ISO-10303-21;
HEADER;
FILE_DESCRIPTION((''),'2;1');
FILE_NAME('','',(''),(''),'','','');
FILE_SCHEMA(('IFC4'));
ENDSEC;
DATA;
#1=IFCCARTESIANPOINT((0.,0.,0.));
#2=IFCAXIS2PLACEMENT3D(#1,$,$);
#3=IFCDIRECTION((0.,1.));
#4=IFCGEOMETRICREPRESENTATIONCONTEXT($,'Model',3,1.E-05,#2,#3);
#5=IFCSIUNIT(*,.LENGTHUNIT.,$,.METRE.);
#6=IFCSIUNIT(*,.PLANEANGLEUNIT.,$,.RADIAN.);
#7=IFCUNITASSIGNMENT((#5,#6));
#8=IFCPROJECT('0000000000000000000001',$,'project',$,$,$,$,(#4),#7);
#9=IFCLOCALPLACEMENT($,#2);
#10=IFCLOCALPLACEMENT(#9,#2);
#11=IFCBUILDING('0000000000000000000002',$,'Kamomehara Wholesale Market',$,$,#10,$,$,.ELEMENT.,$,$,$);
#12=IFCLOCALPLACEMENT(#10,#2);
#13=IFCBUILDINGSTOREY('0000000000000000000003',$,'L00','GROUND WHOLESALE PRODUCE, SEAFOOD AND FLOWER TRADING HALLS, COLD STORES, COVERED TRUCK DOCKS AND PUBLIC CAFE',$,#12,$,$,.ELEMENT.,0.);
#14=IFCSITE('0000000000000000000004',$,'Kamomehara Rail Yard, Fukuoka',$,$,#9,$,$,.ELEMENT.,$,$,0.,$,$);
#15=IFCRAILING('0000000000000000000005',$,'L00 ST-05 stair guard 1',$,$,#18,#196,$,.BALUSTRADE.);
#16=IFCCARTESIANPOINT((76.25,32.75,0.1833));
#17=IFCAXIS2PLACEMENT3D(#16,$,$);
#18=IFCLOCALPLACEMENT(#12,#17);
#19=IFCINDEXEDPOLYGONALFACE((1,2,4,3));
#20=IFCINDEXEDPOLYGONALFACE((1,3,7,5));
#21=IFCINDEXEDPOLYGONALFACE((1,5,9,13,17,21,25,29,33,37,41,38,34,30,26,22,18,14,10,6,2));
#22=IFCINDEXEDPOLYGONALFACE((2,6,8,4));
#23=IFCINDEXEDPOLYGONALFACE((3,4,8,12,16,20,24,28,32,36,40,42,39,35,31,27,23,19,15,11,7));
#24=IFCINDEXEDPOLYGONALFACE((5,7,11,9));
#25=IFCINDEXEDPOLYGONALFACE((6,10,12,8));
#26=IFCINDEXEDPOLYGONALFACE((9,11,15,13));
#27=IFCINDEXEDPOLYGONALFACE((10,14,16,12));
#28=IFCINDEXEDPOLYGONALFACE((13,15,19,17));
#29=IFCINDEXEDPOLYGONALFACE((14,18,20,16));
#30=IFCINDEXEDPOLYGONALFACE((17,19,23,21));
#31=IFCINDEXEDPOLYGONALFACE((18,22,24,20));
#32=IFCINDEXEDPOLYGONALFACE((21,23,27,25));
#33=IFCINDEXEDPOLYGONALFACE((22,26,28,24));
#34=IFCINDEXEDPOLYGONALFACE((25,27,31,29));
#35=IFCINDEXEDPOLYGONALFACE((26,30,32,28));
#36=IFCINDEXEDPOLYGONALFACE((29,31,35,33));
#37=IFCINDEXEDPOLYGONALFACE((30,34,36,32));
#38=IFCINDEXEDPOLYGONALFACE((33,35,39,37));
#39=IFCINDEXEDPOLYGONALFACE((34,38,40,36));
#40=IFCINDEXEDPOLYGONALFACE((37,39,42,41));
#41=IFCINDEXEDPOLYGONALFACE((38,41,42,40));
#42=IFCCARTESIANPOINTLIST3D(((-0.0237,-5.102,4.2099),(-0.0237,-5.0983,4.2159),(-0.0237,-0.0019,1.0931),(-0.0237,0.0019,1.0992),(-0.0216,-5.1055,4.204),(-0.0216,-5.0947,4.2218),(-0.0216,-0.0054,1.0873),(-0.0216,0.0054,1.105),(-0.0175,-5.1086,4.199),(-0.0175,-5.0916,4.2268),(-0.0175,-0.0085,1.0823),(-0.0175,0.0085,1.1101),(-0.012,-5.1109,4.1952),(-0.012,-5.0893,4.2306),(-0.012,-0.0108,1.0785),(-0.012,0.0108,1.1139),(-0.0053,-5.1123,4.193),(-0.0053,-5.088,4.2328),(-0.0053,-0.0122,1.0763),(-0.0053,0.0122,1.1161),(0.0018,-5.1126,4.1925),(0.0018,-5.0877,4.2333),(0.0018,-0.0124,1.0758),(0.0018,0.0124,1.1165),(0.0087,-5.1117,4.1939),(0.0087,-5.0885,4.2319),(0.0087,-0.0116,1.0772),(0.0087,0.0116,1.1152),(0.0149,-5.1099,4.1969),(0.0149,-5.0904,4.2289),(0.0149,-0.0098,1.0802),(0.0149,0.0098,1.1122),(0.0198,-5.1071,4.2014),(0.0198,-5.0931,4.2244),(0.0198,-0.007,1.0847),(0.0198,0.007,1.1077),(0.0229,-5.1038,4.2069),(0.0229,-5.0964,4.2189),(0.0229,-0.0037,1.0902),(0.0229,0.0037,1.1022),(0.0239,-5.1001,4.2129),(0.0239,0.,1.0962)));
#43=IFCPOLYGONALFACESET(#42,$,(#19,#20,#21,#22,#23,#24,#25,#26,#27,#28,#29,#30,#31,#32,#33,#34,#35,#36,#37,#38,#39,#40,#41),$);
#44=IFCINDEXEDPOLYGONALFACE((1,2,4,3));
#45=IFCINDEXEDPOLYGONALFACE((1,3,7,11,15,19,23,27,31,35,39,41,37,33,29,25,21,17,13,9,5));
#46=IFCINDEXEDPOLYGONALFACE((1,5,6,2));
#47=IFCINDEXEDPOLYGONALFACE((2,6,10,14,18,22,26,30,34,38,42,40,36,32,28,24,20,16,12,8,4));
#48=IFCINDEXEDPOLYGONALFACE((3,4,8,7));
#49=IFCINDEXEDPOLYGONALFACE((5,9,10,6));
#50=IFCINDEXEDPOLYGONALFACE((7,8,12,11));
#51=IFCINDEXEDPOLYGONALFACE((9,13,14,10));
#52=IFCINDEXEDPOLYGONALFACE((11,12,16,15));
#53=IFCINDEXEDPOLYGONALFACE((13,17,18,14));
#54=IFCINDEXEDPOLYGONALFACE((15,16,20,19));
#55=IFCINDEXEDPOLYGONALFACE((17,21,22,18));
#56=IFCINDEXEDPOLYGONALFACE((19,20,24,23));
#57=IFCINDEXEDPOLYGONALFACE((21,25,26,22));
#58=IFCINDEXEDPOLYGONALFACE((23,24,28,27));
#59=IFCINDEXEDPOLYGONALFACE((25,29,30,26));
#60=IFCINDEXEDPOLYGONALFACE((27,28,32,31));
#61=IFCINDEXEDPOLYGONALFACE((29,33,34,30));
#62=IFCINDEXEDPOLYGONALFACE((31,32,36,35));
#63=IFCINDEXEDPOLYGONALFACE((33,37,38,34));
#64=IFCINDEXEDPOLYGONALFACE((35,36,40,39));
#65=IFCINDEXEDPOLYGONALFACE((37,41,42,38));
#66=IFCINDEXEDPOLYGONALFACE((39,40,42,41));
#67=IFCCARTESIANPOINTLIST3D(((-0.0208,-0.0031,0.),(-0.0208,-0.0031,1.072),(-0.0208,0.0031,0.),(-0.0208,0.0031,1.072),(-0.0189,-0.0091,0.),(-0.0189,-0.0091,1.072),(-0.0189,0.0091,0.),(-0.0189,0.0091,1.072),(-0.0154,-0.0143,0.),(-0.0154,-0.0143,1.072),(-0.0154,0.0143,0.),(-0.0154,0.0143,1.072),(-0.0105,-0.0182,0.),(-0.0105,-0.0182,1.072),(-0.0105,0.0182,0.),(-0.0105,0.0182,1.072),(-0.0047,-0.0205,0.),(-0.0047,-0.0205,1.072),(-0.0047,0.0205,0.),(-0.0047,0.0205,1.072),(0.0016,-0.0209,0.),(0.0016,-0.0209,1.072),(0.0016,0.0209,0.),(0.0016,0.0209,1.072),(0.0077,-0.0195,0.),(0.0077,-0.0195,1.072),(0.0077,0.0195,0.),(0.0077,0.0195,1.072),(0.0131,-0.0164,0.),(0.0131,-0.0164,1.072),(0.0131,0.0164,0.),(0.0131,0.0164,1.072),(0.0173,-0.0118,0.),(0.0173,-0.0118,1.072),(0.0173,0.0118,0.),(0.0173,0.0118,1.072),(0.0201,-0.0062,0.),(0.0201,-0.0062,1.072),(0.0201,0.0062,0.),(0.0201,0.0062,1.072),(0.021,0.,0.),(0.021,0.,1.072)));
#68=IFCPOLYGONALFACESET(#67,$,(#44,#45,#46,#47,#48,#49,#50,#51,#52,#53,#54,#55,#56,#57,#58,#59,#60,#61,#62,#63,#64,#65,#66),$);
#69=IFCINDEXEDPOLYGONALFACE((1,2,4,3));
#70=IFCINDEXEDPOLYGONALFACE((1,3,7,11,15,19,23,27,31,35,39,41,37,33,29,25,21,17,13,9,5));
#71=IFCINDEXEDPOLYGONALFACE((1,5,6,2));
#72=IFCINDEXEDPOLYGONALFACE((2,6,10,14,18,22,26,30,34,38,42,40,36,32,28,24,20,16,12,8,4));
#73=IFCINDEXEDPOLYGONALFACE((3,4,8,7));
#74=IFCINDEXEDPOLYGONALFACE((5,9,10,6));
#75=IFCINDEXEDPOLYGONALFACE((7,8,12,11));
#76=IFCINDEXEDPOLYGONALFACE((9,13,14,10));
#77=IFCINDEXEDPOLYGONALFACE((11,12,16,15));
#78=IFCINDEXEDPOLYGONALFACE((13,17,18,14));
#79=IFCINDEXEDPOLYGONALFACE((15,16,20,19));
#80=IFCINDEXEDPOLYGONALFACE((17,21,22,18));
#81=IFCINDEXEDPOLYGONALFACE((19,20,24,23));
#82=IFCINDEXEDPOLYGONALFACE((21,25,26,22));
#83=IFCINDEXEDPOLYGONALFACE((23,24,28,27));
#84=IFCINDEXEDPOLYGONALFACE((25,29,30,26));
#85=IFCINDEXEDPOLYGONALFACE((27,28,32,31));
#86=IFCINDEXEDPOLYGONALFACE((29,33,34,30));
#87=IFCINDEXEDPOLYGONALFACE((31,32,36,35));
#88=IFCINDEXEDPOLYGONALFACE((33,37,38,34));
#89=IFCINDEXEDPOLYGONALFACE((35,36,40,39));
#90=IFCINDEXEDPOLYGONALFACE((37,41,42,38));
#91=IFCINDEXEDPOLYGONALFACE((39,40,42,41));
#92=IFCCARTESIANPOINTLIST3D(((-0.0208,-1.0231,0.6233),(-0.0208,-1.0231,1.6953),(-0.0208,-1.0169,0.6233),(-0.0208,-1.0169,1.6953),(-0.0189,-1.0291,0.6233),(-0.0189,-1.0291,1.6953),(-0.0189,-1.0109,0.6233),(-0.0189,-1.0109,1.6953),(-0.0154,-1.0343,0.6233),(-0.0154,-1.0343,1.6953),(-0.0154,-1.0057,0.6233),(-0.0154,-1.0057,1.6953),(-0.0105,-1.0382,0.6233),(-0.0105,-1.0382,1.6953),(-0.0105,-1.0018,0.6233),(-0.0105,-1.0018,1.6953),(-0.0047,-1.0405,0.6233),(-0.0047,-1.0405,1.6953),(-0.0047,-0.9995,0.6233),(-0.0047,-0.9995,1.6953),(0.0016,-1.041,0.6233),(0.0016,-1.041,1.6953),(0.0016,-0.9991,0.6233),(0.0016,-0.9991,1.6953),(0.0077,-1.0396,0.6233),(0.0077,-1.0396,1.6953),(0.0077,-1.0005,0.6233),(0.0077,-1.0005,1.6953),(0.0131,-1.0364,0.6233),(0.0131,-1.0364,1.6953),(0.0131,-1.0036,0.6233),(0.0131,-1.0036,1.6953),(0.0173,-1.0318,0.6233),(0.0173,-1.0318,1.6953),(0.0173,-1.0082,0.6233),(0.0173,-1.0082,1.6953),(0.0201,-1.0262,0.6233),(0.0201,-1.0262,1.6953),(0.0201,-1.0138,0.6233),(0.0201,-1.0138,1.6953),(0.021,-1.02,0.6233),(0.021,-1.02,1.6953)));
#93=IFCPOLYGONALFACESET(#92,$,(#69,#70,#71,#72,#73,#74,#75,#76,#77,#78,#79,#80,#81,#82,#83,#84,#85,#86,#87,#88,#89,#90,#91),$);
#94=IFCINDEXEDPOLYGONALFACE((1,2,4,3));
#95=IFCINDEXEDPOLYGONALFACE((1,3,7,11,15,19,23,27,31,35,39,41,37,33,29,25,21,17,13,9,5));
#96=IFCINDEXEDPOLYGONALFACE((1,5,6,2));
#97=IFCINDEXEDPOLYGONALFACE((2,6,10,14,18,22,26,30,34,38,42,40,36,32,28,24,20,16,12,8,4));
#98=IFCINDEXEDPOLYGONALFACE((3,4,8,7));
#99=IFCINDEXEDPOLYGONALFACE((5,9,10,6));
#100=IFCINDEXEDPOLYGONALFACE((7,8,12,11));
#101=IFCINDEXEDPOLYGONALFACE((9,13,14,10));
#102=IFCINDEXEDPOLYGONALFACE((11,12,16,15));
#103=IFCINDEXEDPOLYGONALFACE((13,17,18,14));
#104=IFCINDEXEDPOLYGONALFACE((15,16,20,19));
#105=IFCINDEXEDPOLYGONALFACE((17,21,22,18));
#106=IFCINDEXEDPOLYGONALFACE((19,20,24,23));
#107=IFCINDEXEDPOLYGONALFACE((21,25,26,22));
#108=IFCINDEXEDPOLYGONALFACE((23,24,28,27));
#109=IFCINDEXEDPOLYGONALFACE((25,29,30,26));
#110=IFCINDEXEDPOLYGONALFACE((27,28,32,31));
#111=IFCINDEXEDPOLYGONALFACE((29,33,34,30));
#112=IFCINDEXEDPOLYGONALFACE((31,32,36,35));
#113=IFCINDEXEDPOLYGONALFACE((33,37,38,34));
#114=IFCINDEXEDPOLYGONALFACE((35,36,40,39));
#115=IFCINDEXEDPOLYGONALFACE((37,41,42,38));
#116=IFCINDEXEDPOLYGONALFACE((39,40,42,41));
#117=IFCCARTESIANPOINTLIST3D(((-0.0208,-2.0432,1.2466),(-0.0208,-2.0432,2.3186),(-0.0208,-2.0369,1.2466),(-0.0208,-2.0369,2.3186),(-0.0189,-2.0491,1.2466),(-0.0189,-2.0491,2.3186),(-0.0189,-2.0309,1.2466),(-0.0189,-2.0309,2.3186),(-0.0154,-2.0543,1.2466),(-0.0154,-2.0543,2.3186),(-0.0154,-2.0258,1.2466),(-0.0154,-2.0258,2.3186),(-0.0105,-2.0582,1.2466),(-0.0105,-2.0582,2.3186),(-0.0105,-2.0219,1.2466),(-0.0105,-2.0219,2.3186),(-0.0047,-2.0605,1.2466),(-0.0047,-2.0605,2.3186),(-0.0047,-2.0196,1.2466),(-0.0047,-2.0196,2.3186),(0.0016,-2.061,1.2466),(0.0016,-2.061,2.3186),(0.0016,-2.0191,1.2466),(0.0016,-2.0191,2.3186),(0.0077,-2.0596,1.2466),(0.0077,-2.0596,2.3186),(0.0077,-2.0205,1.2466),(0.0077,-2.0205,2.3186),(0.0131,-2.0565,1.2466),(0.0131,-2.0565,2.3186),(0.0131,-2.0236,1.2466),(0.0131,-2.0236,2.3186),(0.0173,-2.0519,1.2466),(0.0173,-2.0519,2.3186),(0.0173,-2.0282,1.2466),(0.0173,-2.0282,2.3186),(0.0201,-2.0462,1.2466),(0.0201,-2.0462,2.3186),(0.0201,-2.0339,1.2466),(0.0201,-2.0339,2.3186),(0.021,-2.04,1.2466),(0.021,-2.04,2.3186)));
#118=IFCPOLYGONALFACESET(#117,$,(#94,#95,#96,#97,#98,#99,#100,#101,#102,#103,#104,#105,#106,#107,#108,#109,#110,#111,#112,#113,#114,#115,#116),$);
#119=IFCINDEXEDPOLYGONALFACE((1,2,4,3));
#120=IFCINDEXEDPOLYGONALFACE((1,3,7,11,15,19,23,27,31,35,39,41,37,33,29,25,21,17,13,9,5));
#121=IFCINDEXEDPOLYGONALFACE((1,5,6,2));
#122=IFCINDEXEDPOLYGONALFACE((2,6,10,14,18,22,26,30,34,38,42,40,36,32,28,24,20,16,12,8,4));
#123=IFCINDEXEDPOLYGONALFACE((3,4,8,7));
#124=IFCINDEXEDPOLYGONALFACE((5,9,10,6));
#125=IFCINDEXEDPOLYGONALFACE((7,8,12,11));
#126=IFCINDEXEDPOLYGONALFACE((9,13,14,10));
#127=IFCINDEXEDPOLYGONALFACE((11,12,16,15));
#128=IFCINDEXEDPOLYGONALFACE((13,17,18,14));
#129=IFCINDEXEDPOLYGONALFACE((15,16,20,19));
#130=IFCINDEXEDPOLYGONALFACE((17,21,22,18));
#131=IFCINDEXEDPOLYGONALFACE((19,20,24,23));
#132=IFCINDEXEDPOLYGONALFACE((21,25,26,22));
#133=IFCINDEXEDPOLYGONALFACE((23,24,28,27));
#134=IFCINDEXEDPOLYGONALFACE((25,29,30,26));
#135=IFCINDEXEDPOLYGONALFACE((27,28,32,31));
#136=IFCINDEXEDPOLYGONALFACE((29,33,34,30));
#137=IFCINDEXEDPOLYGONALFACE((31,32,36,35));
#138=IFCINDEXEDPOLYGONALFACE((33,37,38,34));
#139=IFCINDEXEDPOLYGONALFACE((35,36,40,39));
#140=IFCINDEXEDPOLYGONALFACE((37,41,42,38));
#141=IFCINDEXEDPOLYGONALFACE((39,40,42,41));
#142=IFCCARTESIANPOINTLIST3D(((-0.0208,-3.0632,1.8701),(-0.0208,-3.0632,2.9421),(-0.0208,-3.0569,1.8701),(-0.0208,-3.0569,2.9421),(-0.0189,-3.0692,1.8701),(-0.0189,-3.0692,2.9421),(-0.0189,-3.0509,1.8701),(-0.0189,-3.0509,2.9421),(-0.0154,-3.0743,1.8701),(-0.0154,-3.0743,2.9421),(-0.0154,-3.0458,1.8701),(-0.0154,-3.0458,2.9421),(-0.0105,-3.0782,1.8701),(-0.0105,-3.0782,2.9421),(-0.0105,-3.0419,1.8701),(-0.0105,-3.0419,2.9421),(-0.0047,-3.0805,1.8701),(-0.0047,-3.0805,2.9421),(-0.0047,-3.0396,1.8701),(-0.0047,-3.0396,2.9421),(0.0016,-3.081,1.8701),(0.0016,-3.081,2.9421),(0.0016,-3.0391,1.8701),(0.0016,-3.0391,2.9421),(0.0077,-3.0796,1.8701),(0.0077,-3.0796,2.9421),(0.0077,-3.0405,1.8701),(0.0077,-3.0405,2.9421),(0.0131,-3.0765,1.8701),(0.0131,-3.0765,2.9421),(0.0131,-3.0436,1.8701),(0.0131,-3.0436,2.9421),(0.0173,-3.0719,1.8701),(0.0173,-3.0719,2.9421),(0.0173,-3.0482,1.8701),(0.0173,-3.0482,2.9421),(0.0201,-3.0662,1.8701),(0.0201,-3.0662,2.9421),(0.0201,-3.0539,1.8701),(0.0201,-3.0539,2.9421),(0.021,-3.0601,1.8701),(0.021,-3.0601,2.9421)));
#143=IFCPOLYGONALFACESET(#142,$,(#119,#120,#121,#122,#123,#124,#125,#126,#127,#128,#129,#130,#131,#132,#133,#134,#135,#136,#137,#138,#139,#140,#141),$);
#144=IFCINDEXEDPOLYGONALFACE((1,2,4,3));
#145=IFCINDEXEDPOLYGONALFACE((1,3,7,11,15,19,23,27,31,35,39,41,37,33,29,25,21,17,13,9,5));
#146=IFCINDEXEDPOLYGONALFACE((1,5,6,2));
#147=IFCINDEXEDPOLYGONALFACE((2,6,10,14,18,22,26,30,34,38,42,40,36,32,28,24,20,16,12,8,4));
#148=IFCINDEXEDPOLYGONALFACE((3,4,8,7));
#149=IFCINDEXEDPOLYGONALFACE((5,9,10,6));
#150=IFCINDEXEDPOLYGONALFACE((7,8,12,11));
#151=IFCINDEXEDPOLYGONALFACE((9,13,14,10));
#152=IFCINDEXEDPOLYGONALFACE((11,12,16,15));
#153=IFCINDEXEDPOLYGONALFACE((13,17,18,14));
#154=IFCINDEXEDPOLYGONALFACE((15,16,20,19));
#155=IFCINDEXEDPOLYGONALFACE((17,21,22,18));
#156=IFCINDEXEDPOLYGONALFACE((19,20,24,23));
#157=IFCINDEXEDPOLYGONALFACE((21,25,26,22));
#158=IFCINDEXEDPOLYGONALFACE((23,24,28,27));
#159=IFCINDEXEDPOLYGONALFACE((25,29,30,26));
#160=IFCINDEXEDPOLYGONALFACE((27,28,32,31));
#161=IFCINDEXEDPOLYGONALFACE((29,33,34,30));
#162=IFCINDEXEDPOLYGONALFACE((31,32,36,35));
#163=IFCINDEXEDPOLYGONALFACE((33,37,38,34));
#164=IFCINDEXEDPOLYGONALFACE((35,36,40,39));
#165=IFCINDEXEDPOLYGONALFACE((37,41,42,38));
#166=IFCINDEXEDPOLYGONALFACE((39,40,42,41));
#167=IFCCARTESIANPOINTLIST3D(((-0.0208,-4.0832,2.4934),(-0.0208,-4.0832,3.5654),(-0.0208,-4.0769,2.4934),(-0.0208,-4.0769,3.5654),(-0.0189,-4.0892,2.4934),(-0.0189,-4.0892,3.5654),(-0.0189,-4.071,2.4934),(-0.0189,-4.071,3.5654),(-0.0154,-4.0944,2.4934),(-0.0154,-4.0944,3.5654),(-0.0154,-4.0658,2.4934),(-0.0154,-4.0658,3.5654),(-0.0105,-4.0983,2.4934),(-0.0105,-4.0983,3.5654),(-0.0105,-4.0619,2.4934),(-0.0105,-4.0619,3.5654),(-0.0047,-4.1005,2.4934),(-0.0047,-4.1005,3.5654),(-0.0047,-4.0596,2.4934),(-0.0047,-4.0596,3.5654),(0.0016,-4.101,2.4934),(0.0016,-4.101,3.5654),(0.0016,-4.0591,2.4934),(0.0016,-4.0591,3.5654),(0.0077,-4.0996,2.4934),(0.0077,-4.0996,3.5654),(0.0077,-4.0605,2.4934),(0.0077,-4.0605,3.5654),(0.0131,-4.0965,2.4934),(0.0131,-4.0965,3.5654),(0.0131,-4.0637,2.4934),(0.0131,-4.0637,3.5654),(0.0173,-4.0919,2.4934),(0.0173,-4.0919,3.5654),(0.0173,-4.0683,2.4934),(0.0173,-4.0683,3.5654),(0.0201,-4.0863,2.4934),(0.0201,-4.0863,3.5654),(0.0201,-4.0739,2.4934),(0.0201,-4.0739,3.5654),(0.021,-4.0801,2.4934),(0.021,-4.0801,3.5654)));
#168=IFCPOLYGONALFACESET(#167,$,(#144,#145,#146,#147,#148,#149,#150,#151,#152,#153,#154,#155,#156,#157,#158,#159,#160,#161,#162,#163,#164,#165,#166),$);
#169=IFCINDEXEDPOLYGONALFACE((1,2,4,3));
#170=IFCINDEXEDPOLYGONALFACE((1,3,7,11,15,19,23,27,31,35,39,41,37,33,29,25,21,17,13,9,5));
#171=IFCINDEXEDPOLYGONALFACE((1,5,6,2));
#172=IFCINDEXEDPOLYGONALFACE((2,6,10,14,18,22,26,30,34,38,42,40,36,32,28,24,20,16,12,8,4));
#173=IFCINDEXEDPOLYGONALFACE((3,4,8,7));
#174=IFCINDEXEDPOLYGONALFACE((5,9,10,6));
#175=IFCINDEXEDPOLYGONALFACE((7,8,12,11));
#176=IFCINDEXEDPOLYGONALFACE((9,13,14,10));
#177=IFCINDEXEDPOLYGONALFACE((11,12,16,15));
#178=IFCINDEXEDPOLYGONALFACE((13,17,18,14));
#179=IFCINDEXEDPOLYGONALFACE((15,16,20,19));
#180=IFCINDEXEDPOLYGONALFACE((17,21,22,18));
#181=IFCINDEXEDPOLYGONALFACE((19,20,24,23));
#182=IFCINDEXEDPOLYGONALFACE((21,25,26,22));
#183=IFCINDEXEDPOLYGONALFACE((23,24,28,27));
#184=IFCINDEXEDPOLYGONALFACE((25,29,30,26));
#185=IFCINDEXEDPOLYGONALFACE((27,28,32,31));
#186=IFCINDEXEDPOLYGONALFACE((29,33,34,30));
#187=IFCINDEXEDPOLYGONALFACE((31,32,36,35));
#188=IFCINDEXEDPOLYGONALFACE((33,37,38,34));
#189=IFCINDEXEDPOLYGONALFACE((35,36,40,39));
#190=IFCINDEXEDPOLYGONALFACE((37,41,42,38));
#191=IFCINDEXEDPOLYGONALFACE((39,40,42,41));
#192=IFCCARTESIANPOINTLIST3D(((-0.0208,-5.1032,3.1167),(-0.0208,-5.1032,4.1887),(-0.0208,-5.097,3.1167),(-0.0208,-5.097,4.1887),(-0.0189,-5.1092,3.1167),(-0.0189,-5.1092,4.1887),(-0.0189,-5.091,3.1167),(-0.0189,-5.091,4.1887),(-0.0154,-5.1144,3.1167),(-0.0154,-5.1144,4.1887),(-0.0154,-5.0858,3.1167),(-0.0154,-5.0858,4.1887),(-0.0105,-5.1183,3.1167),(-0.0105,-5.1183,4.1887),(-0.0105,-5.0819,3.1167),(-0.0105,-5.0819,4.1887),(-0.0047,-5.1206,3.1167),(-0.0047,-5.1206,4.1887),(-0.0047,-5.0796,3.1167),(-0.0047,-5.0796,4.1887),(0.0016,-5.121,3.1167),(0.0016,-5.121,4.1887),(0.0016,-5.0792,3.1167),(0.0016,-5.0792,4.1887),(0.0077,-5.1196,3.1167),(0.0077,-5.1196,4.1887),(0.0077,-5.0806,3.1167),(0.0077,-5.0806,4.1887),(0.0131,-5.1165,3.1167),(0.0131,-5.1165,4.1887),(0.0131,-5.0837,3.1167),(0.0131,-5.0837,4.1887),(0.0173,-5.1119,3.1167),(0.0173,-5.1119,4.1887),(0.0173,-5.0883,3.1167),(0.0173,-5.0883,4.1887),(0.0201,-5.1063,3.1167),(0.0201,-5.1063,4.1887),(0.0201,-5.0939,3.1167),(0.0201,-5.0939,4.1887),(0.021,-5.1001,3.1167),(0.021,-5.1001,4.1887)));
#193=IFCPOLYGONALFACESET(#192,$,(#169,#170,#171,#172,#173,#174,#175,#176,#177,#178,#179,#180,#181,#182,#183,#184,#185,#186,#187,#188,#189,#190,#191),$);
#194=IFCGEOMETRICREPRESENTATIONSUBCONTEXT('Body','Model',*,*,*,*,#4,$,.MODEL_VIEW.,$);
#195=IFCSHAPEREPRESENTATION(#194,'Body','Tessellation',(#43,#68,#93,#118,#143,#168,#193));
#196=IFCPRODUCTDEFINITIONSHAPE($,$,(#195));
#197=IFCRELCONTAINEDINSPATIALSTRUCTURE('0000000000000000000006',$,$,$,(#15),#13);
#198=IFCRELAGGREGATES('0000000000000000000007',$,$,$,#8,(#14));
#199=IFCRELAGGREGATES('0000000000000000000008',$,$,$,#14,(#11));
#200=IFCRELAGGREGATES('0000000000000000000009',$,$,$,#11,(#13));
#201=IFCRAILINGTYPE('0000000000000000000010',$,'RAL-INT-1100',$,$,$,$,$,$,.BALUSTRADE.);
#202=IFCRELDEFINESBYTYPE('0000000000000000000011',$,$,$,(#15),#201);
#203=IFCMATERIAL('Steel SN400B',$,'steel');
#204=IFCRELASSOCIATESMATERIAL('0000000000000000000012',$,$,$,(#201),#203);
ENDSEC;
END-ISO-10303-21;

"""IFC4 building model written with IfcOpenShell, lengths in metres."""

from ifc_helpers import new_model, si_unit, direction, frame, origin, origin_2d, place, context, subcontext, project, spatial, circle, extrude, material, type_object, element, save


model = new_model("IFC4")

# Units and contexts
model_context = context("Model", 3, precision=1e-05, world=origin(), true_north=direction((0.0, 1.0)))
body_context = subcontext(model_context, "Body", "Model", "MODEL_VIEW")
ifc_project = project(units=[si_unit("LENGTHUNIT", "METRE"), si_unit("PLANEANGLEUNIT", "RADIAN")], contexts=[model_context])

# Site, building, storey
site_placement = place(None, origin())
site = spatial("IfcSite", under=ifc_project, at=site_placement, Name="Kamomehara Rail Yard, Fukuoka", CompositionType="ELEMENT", RefElevation=0.0)
building_placement = place(site_placement, origin())
building = spatial("IfcBuilding", under=site, at=building_placement, Name="Kamomehara Wholesale Market", CompositionType="ELEMENT")
storey_placement = place(building_placement, origin())
storey = spatial("IfcBuildingStorey", under=building, at=storey_placement, Name="L00", Description="GROUND WHOLESALE PRODUCE, SEAFOOD AND FLOWER TRADING HALLS, COLD STORES, COVERED TRUCK DOCKS AND PUBLIC CAFE", CompositionType="ELEMENT", Elevation=0.0)

# Railing
ifc_material_1 = material(Name="Steel SN400B", Category="steel")
railing_type_1 = type_object("IfcRailingType", Name="RAL-INT-1100", PredefinedType="BALUSTRADE", material=ifc_material_1)
railing_1_placement = place(storey_placement, frame((76.25, 32.75, 0.1833)))
element("IfcRailing", 1, at=railing_1_placement, inside=storey, type_object=railing_type_1, Name="L00 ST-05 stair guard 1", PredefinedType="BALUSTRADE", context=body_context, shape_type="SweptSolid", body=[
    extrude(circle(Radius=0.0239, at=origin_2d()), frame((0.0, 0.0, 1.0962), z_axis=(0.0, -0.853284, 0.521447), x_axis=(1.0, 0.0, 0.0)), (0.0, 0.0, 1.0), 5.9771),
    extrude(circle(Radius=0.021, at=origin_2d()), origin(), (0.0, 0.0, 1.0), 1.072),
    extrude(circle(Radius=0.021, at=origin_2d()), frame((0.0, -1.02, 0.6233)), (0.0, 0.0, 1.0), 1.072),
    extrude(circle(Radius=0.021, at=origin_2d()), frame((0.0, -2.04, 1.2466)), (0.0, 0.0, 1.0), 1.072),
    extrude(circle(Radius=0.021, at=origin_2d()), frame((0.0, -3.0601, 1.8701)), (0.0, 0.0, 1.0), 1.072),
    extrude(circle(Radius=0.021, at=origin_2d()), frame((0.0, -4.0801, 2.4934)), (0.0, 0.0, 1.0), 1.072),
    extrude(circle(Radius=0.021, at=origin_2d()), frame((0.0, -5.1001, 3.1167)), (0.0, 0.0, 1.0), 1.072),
])

save(model, "model.ifc")
